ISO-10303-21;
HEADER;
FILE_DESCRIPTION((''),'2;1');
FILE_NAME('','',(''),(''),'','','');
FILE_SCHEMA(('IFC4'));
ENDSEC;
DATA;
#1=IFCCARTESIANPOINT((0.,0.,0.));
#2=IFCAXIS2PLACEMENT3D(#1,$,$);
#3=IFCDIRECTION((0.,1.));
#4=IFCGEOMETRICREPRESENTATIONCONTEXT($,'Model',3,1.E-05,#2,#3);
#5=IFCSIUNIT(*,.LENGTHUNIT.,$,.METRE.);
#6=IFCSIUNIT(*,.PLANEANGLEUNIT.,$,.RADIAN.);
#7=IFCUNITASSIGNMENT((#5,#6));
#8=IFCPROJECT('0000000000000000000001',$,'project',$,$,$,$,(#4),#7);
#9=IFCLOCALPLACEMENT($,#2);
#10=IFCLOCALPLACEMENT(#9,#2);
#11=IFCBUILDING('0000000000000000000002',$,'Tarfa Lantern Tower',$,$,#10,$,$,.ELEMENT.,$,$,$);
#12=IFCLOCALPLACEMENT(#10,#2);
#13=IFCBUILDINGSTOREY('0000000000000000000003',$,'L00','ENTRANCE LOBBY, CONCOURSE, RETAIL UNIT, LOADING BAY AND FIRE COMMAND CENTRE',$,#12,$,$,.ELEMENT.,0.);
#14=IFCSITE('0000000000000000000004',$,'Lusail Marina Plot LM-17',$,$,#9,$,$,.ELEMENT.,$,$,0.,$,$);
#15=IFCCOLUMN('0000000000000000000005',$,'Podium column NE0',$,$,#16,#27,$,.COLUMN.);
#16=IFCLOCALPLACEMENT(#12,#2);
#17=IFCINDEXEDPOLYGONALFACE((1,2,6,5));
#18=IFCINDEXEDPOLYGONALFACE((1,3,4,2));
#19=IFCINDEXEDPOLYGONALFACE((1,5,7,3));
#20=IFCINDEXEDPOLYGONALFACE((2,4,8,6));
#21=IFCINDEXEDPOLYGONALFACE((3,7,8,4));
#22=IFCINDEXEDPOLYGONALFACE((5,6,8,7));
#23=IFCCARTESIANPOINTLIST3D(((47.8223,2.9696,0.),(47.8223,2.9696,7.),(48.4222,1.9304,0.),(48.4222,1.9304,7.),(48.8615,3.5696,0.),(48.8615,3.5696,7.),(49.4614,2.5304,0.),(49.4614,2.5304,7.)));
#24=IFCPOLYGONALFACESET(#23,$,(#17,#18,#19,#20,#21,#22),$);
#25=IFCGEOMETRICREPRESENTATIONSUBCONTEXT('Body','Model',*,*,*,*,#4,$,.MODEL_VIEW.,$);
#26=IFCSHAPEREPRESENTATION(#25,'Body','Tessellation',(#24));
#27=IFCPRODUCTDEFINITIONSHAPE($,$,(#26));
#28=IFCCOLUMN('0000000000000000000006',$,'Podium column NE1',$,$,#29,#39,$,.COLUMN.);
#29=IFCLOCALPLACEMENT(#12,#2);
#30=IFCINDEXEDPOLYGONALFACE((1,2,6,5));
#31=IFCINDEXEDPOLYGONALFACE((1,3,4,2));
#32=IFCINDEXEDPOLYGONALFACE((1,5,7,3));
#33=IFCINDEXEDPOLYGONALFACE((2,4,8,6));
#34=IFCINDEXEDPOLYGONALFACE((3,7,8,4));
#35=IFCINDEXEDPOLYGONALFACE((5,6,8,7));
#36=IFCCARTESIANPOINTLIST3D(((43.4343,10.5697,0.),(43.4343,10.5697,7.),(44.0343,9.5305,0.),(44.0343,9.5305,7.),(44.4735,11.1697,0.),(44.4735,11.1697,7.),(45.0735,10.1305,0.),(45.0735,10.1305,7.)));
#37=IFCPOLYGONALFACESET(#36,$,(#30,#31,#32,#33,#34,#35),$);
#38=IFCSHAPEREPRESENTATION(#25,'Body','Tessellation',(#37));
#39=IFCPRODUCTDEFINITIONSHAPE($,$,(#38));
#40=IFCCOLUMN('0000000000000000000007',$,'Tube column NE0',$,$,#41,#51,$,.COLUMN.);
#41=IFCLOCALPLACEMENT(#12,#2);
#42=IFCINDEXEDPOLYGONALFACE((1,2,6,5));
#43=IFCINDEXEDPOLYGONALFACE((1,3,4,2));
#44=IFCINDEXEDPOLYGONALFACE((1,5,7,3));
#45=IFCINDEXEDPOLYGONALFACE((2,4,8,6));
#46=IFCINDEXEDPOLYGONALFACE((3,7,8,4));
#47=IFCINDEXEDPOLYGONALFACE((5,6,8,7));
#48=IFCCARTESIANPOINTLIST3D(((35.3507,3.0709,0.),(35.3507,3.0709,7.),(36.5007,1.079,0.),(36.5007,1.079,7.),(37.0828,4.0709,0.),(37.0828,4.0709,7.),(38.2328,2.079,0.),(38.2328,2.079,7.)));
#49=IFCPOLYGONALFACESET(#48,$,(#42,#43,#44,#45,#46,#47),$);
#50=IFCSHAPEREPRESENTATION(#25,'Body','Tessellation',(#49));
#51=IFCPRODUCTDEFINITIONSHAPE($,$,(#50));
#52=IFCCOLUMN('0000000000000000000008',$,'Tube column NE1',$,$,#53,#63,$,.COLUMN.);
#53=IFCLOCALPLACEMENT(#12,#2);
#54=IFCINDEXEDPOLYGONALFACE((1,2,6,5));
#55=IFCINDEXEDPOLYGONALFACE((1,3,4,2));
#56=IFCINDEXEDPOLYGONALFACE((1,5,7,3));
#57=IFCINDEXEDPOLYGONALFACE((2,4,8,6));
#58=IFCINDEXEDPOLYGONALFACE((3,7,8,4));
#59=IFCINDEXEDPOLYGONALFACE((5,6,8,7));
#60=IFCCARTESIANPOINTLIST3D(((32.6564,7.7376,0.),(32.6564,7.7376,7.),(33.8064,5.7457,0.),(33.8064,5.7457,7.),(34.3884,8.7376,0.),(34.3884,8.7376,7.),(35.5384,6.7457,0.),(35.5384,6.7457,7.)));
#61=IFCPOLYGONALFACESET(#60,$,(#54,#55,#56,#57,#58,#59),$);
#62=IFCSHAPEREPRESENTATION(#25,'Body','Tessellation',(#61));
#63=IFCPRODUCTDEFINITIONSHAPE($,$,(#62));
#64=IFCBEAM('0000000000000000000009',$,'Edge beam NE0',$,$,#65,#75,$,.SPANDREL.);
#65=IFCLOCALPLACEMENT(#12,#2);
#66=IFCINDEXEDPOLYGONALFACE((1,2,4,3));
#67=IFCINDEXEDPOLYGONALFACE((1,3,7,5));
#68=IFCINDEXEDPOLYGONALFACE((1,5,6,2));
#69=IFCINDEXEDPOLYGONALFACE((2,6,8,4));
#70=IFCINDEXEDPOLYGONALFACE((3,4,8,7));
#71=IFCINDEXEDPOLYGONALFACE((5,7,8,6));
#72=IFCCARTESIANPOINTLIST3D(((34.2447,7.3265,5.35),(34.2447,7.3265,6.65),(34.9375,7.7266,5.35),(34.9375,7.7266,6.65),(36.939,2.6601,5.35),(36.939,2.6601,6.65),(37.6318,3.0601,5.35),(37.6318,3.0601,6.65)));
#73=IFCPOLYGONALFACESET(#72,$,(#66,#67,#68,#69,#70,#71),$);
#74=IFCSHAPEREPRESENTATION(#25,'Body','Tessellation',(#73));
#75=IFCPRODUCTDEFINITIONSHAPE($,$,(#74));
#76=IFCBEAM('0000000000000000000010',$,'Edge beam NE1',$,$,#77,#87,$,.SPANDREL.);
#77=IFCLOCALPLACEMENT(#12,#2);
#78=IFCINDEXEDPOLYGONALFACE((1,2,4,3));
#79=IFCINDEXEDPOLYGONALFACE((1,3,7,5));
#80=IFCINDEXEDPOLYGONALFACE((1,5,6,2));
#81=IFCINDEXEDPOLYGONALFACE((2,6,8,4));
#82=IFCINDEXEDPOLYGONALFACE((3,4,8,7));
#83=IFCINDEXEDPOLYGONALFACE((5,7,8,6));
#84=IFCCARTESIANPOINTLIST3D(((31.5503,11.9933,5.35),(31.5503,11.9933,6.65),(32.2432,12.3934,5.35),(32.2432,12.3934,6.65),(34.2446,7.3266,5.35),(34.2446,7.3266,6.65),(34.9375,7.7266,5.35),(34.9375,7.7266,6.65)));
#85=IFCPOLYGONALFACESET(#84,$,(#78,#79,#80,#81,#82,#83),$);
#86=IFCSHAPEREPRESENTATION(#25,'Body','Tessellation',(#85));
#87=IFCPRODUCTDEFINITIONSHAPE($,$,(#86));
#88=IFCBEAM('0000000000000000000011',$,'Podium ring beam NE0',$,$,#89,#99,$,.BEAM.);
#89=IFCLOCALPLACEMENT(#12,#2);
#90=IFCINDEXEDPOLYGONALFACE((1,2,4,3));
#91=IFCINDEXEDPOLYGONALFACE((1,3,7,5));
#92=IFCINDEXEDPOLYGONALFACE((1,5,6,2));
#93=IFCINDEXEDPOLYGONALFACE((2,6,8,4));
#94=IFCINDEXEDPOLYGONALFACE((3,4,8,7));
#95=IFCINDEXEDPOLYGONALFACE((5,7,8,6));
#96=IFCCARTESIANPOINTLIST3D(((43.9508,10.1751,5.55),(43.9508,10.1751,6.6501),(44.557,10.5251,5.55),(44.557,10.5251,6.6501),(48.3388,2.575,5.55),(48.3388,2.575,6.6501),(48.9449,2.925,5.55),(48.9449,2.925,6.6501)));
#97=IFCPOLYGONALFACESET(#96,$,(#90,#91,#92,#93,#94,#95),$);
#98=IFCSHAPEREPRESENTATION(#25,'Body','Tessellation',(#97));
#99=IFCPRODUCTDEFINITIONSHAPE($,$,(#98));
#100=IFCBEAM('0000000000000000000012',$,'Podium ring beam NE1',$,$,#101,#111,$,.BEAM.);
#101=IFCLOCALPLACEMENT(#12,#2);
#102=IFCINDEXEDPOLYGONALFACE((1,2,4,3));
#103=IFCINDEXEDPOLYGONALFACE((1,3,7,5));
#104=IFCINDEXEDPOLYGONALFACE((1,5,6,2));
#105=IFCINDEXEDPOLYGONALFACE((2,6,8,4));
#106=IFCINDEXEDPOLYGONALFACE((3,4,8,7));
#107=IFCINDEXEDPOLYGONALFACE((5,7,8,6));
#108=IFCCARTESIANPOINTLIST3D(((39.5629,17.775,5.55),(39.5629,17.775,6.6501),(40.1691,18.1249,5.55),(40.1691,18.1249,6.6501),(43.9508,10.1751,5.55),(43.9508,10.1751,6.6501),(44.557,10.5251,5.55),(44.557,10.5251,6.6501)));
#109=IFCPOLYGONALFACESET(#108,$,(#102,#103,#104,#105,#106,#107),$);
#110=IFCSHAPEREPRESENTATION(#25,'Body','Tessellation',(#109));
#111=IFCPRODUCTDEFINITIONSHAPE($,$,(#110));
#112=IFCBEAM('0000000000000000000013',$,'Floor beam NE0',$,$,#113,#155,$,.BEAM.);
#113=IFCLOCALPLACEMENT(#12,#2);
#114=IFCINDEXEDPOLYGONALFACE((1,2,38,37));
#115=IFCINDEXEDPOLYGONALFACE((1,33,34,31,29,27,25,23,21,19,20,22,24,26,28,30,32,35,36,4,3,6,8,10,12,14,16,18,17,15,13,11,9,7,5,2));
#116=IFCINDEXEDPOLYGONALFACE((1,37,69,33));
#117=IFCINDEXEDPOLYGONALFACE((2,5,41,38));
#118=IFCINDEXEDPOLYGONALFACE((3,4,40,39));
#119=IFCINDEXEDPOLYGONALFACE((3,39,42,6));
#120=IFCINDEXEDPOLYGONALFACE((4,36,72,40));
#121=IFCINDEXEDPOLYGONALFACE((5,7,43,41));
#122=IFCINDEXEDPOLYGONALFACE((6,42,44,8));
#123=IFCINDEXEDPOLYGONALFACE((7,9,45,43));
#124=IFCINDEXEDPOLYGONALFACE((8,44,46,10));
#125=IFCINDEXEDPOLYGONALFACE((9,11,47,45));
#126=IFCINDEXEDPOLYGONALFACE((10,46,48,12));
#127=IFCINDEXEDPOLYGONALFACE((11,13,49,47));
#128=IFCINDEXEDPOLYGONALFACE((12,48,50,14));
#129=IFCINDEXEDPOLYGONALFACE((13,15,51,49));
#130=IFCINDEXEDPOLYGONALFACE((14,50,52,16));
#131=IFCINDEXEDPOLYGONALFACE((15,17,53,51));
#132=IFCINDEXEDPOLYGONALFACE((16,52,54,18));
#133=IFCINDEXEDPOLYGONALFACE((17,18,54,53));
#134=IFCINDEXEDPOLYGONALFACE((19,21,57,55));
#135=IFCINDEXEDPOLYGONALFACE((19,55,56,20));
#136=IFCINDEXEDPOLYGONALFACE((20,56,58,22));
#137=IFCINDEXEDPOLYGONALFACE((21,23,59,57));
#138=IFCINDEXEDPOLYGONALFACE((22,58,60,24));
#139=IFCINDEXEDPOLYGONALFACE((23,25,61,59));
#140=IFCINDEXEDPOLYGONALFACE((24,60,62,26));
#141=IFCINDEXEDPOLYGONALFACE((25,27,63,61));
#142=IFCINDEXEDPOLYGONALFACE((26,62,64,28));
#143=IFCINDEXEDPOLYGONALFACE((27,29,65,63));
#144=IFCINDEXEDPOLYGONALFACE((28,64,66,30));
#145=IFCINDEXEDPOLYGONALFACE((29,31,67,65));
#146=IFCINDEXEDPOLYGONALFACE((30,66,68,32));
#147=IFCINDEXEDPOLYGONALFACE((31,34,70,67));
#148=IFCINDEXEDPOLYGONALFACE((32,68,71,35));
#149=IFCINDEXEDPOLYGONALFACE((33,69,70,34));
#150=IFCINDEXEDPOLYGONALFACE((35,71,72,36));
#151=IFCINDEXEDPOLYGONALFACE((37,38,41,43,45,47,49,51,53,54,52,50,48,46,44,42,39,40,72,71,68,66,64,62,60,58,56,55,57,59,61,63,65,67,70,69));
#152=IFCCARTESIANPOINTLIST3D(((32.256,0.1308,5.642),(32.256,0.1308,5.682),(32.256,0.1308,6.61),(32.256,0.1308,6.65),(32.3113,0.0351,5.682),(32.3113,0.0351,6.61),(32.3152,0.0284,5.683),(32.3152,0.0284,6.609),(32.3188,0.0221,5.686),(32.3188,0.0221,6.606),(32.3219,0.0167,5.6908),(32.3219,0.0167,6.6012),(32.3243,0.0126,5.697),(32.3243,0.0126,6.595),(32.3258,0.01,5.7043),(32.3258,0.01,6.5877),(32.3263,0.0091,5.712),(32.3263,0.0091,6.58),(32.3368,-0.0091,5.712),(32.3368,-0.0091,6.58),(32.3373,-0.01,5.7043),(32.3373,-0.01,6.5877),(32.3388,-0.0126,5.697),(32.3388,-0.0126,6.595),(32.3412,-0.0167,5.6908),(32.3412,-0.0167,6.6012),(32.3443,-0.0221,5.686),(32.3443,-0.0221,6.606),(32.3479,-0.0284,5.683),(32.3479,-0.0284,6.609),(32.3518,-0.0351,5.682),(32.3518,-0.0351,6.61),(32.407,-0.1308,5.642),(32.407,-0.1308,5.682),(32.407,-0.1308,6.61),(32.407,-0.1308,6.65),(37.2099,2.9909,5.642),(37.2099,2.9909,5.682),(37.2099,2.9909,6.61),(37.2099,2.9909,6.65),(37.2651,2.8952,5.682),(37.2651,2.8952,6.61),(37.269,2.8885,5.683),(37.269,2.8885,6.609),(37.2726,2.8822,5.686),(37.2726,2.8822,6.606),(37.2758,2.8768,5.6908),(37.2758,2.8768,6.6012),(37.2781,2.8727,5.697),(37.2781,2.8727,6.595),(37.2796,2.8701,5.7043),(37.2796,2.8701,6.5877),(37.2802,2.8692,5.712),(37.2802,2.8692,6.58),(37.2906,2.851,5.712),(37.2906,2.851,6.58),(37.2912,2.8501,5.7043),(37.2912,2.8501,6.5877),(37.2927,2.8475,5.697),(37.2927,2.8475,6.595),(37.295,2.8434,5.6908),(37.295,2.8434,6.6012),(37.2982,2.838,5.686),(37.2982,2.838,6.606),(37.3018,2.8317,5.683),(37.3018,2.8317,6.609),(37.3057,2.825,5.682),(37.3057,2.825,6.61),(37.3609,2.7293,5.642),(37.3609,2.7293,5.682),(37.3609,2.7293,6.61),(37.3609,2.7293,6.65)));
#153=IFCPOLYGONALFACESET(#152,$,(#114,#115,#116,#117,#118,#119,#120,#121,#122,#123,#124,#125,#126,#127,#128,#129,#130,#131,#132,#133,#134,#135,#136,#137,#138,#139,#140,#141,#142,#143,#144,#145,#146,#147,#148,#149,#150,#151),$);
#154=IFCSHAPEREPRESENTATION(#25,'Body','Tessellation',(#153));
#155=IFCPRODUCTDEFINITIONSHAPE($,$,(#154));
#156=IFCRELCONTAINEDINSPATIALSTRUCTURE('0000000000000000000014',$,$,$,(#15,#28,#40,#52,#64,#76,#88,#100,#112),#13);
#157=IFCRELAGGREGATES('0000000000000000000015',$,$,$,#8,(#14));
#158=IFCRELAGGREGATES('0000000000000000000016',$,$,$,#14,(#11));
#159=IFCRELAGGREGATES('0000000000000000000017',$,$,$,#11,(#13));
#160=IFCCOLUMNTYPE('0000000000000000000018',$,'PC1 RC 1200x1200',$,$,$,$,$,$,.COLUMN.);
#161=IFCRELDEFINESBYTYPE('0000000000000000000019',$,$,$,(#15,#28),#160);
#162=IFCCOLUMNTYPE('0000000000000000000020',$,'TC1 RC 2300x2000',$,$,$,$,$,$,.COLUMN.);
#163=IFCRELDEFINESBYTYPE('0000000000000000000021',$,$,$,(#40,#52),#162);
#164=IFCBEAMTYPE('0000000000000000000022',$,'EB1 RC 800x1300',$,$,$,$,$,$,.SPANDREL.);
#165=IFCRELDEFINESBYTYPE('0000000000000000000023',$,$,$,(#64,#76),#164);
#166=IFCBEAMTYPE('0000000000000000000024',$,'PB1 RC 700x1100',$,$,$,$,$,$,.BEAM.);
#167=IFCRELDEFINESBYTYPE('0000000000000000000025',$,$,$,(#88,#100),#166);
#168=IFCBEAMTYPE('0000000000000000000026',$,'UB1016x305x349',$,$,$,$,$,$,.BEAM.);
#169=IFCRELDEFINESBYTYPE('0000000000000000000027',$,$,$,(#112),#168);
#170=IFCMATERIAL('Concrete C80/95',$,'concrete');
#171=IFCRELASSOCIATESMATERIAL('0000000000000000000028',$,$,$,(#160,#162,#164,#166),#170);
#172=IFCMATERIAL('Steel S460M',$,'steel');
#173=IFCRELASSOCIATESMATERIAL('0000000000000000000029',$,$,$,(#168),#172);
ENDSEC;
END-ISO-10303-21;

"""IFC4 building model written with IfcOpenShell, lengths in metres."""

from ifc_helpers import new_model, si_unit, direction, frame, origin, origin_2d, place, context, subcontext, project, spatial, rectangle, i_section, extrude, material, material_profile, profile_set, type_object, element, save


model = new_model("IFC4")

# Units and contexts
model_context = context("Model", 3, precision=1e-05, world=origin(), true_north=direction((0.0, 1.0)))
body_context = subcontext(model_context, "Body", "Model", "MODEL_VIEW")
ifc_project = project(units=[si_unit("LENGTHUNIT", "METRE"), si_unit("PLANEANGLEUNIT", "RADIAN")], contexts=[model_context])

# Site, building, storey
site_placement = place(None, origin())
site = spatial("IfcSite", under=ifc_project, at=site_placement, Name="Lusail Marina Plot LM-17", CompositionType="ELEMENT", RefElevation=0.0)
building_placement = place(site_placement, origin())
building = spatial("IfcBuilding", under=site, at=building_placement, Name="Tarfa Lantern Tower", CompositionType="ELEMENT")
storey_placement = place(building_placement, origin())
storey = spatial("IfcBuildingStorey", under=building, at=storey_placement, Name="L00", Description="ENTRANCE LOBBY, CONCOURSE, RETAIL UNIT, LOADING BAY AND FIRE COMMAND CENTRE", CompositionType="ELEMENT", Elevation=0.0)

# Columns
ifc_material_1 = material(Name="Concrete C80/95", Category="concrete")
ifc_material_profile_1 = material_profile(ifc_material_1, rectangle(XDim=1.2, YDim=1.2, at=origin_2d()), Name="RC 1200x1200")
ifc_profile_set_1 = profile_set([ifc_material_profile_1], Name="Concrete C80/95")
column_type_1 = type_object("IfcColumnType", Name="PC1 RC 1200x1200", PredefinedType="COLUMN", material=ifc_profile_set_1)
for number, where, z_axis, x_axis, name in (
    (1, (48.6418, 2.75, 0.0), (0.0, 0.0, 1.0), (-0.5, 0.866025, 0.0), "Podium column NE0"),
    (2, (44.2539, 10.3501, 0.0), (0.0, 0.0, 1.0), (-0.5, 0.866025, 0.0), "Podium column NE1"),
):
    element("IfcColumn", number, at=place(storey_placement, frame(where, z_axis=z_axis, x_axis=x_axis)), inside=storey, type_object=column_type_1, Name=name, PredefinedType="COLUMN", context=body_context, shape_type="SweptSolid", body=[
        extrude(rectangle(XDim=1.2, YDim=1.2, at=origin_2d()), origin(), (0.0, 0.0, 1.0), 7.0),
    ])
ifc_material_profile_2 = material_profile(ifc_material_1, rectangle(XDim=2.3, YDim=2.0, at=origin_2d()), Name="RC 2300x2000")
ifc_profile_set_2 = profile_set([ifc_material_profile_2], Name="Concrete C80/95")
column_type_2 = type_object("IfcColumnType", Name="TC1 RC 2300x2000", PredefinedType="COLUMN", material=ifc_profile_set_2)
for number, where, z_axis, x_axis, name in (
    (3, (36.7917, 2.575, 0.0), (0.0, 0.0, 1.0), (-0.5, 0.866025, 0.0), "Tube column NE0"),
    (4, (34.0974, 7.2417, 0.0), (0.0, 0.0, 1.0), (-0.5, 0.866025, 0.0), "Tube column NE1"),
):
    element("IfcColumn", number, at=place(storey_placement, frame(where, z_axis=z_axis, x_axis=x_axis)), inside=storey, type_object=column_type_2, Name=name, PredefinedType="COLUMN", context=body_context, shape_type="SweptSolid", body=[
        extrude(rectangle(XDim=2.3, YDim=2.0, at=origin_2d()), origin(), (0.0, 0.0, 1.0), 7.0),
    ])

# Beams
ifc_material_profile_3 = material_profile(ifc_material_1, rectangle(XDim=0.8, YDim=1.3, at=origin_2d()), Name="RC 800x1300")
ifc_profile_set_3 = profile_set([ifc_material_profile_3], Name="Concrete C80/95")
beam_type_1 = type_object("IfcBeamType", Name="EB1 RC 800x1300", PredefinedType="SPANDREL", material=ifc_profile_set_3)
beam_1_placement = place(storey_placement, frame((37.2854, 2.8601, 6.0), z_axis=(-0.500018, 0.866015, 0.0), x_axis=(-0.866015, -0.500018, 0.0)))
element("IfcBeam", 5, at=beam_1_placement, inside=storey, type_object=beam_type_1, Name="Edge beam NE0", PredefinedType="SPANDREL", context=body_context, shape_type="SweptSolid", body=[
    extrude(rectangle(XDim=0.8, YDim=1.3, at=origin_2d()), origin(), (0.0, 0.0, 1.0), 5.3884),
])
beam_2_placement = place(storey_placement, frame((34.5911, 7.5266, 6.0), z_axis=(-0.499998, 0.866026, 0.0), x_axis=(-0.866026, -0.499998, 0.0)))
element("IfcBeam", 6, at=beam_2_placement, inside=storey, type_object=beam_type_1, Name="Edge beam NE1", PredefinedType="SPANDREL", context=body_context, shape_type="SweptSolid", body=[
    extrude(rectangle(XDim=0.8, YDim=1.3, at=origin_2d()), origin(), (0.0, 0.0, 1.0), 5.3887),
])
ifc_material_profile_4 = material_profile(ifc_material_1, rectangle(XDim=0.7, YDim=1.1001, at=origin_2d()), Name="RC 700x1100")
ifc_profile_set_4 = profile_set([ifc_material_profile_4], Name="Concrete C80/95")
beam_type_2 = type_object("IfcBeamType", Name="PB1 RC 700x1100", PredefinedType="BEAM", material=ifc_profile_set_4)
beam_3_placement = place(storey_placement, frame((48.6418, 2.75, 6.1001), z_axis=(-0.500002, 0.866024, 0.0), x_axis=(-0.866024, -0.500002, 0.0)))
element("IfcBeam", 7, at=beam_3_placement, inside=storey, type_object=beam_type_2, Name="Podium ring beam NE0", PredefinedType="BEAM", context=body_context, shape_type="SweptSolid", body=[
    extrude(rectangle(XDim=0.7, YDim=1.1001, at=origin_2d()), origin(), (0.0, 0.0, 1.0), 8.7759),
])
beam_4_placement = place(storey_placement, frame((44.2539, 10.3501, 6.1001), z_axis=(-0.500014, 0.866017, 0.0), x_axis=(-0.866017, -0.500014, 0.0)))
element("IfcBeam", 8, at=beam_4_placement, inside=storey, type_object=beam_type_2, Name="Podium ring beam NE1", PredefinedType="BEAM", context=body_context, shape_type="SweptSolid", body=[
    extrude(rectangle(XDim=0.7, YDim=1.1001, at=origin_2d()), origin(), (0.0, 0.0, 1.0), 8.7756),
])
ifc_material_2 = material(Name="Steel S460M", Category="steel")
ifc_material_profile_5 = material_profile(ifc_material_2, i_section(OverallWidth=0.302, OverallDepth=1.0081, WebThickness=0.021, FlangeThickness=0.04, FilletRadius=0.03, at=origin_2d()), Name="UB1016x305x349")
ifc_profile_set_5 = profile_set([ifc_material_profile_5], Name="Steel S460M")
beam_type_3 = type_object("IfcBeamType", Name="UB1016x305x349", PredefinedType="BEAM", material=ifc_profile_set_5)
beam_5_placement = place(storey_placement, frame((37.2854, 2.8601, 6.146), z_axis=(-0.866026, -0.5, 0.0), x_axis=(0.5, -0.866026, 0.0)))
element("IfcBeam", 9, at=beam_5_placement, inside=storey, type_object=beam_type_3, Name="Floor beam NE0", PredefinedType="BEAM", context=body_context, shape_type="SweptSolid", body=[
    extrude(i_section(OverallWidth=0.302, OverallDepth=1.0081, WebThickness=0.021, FlangeThickness=0.04, FilletRadius=0.03, at=origin_2d()), origin(), (0.0, 0.0, 1.0), 5.7202),
])

save(model, "model.ifc")
